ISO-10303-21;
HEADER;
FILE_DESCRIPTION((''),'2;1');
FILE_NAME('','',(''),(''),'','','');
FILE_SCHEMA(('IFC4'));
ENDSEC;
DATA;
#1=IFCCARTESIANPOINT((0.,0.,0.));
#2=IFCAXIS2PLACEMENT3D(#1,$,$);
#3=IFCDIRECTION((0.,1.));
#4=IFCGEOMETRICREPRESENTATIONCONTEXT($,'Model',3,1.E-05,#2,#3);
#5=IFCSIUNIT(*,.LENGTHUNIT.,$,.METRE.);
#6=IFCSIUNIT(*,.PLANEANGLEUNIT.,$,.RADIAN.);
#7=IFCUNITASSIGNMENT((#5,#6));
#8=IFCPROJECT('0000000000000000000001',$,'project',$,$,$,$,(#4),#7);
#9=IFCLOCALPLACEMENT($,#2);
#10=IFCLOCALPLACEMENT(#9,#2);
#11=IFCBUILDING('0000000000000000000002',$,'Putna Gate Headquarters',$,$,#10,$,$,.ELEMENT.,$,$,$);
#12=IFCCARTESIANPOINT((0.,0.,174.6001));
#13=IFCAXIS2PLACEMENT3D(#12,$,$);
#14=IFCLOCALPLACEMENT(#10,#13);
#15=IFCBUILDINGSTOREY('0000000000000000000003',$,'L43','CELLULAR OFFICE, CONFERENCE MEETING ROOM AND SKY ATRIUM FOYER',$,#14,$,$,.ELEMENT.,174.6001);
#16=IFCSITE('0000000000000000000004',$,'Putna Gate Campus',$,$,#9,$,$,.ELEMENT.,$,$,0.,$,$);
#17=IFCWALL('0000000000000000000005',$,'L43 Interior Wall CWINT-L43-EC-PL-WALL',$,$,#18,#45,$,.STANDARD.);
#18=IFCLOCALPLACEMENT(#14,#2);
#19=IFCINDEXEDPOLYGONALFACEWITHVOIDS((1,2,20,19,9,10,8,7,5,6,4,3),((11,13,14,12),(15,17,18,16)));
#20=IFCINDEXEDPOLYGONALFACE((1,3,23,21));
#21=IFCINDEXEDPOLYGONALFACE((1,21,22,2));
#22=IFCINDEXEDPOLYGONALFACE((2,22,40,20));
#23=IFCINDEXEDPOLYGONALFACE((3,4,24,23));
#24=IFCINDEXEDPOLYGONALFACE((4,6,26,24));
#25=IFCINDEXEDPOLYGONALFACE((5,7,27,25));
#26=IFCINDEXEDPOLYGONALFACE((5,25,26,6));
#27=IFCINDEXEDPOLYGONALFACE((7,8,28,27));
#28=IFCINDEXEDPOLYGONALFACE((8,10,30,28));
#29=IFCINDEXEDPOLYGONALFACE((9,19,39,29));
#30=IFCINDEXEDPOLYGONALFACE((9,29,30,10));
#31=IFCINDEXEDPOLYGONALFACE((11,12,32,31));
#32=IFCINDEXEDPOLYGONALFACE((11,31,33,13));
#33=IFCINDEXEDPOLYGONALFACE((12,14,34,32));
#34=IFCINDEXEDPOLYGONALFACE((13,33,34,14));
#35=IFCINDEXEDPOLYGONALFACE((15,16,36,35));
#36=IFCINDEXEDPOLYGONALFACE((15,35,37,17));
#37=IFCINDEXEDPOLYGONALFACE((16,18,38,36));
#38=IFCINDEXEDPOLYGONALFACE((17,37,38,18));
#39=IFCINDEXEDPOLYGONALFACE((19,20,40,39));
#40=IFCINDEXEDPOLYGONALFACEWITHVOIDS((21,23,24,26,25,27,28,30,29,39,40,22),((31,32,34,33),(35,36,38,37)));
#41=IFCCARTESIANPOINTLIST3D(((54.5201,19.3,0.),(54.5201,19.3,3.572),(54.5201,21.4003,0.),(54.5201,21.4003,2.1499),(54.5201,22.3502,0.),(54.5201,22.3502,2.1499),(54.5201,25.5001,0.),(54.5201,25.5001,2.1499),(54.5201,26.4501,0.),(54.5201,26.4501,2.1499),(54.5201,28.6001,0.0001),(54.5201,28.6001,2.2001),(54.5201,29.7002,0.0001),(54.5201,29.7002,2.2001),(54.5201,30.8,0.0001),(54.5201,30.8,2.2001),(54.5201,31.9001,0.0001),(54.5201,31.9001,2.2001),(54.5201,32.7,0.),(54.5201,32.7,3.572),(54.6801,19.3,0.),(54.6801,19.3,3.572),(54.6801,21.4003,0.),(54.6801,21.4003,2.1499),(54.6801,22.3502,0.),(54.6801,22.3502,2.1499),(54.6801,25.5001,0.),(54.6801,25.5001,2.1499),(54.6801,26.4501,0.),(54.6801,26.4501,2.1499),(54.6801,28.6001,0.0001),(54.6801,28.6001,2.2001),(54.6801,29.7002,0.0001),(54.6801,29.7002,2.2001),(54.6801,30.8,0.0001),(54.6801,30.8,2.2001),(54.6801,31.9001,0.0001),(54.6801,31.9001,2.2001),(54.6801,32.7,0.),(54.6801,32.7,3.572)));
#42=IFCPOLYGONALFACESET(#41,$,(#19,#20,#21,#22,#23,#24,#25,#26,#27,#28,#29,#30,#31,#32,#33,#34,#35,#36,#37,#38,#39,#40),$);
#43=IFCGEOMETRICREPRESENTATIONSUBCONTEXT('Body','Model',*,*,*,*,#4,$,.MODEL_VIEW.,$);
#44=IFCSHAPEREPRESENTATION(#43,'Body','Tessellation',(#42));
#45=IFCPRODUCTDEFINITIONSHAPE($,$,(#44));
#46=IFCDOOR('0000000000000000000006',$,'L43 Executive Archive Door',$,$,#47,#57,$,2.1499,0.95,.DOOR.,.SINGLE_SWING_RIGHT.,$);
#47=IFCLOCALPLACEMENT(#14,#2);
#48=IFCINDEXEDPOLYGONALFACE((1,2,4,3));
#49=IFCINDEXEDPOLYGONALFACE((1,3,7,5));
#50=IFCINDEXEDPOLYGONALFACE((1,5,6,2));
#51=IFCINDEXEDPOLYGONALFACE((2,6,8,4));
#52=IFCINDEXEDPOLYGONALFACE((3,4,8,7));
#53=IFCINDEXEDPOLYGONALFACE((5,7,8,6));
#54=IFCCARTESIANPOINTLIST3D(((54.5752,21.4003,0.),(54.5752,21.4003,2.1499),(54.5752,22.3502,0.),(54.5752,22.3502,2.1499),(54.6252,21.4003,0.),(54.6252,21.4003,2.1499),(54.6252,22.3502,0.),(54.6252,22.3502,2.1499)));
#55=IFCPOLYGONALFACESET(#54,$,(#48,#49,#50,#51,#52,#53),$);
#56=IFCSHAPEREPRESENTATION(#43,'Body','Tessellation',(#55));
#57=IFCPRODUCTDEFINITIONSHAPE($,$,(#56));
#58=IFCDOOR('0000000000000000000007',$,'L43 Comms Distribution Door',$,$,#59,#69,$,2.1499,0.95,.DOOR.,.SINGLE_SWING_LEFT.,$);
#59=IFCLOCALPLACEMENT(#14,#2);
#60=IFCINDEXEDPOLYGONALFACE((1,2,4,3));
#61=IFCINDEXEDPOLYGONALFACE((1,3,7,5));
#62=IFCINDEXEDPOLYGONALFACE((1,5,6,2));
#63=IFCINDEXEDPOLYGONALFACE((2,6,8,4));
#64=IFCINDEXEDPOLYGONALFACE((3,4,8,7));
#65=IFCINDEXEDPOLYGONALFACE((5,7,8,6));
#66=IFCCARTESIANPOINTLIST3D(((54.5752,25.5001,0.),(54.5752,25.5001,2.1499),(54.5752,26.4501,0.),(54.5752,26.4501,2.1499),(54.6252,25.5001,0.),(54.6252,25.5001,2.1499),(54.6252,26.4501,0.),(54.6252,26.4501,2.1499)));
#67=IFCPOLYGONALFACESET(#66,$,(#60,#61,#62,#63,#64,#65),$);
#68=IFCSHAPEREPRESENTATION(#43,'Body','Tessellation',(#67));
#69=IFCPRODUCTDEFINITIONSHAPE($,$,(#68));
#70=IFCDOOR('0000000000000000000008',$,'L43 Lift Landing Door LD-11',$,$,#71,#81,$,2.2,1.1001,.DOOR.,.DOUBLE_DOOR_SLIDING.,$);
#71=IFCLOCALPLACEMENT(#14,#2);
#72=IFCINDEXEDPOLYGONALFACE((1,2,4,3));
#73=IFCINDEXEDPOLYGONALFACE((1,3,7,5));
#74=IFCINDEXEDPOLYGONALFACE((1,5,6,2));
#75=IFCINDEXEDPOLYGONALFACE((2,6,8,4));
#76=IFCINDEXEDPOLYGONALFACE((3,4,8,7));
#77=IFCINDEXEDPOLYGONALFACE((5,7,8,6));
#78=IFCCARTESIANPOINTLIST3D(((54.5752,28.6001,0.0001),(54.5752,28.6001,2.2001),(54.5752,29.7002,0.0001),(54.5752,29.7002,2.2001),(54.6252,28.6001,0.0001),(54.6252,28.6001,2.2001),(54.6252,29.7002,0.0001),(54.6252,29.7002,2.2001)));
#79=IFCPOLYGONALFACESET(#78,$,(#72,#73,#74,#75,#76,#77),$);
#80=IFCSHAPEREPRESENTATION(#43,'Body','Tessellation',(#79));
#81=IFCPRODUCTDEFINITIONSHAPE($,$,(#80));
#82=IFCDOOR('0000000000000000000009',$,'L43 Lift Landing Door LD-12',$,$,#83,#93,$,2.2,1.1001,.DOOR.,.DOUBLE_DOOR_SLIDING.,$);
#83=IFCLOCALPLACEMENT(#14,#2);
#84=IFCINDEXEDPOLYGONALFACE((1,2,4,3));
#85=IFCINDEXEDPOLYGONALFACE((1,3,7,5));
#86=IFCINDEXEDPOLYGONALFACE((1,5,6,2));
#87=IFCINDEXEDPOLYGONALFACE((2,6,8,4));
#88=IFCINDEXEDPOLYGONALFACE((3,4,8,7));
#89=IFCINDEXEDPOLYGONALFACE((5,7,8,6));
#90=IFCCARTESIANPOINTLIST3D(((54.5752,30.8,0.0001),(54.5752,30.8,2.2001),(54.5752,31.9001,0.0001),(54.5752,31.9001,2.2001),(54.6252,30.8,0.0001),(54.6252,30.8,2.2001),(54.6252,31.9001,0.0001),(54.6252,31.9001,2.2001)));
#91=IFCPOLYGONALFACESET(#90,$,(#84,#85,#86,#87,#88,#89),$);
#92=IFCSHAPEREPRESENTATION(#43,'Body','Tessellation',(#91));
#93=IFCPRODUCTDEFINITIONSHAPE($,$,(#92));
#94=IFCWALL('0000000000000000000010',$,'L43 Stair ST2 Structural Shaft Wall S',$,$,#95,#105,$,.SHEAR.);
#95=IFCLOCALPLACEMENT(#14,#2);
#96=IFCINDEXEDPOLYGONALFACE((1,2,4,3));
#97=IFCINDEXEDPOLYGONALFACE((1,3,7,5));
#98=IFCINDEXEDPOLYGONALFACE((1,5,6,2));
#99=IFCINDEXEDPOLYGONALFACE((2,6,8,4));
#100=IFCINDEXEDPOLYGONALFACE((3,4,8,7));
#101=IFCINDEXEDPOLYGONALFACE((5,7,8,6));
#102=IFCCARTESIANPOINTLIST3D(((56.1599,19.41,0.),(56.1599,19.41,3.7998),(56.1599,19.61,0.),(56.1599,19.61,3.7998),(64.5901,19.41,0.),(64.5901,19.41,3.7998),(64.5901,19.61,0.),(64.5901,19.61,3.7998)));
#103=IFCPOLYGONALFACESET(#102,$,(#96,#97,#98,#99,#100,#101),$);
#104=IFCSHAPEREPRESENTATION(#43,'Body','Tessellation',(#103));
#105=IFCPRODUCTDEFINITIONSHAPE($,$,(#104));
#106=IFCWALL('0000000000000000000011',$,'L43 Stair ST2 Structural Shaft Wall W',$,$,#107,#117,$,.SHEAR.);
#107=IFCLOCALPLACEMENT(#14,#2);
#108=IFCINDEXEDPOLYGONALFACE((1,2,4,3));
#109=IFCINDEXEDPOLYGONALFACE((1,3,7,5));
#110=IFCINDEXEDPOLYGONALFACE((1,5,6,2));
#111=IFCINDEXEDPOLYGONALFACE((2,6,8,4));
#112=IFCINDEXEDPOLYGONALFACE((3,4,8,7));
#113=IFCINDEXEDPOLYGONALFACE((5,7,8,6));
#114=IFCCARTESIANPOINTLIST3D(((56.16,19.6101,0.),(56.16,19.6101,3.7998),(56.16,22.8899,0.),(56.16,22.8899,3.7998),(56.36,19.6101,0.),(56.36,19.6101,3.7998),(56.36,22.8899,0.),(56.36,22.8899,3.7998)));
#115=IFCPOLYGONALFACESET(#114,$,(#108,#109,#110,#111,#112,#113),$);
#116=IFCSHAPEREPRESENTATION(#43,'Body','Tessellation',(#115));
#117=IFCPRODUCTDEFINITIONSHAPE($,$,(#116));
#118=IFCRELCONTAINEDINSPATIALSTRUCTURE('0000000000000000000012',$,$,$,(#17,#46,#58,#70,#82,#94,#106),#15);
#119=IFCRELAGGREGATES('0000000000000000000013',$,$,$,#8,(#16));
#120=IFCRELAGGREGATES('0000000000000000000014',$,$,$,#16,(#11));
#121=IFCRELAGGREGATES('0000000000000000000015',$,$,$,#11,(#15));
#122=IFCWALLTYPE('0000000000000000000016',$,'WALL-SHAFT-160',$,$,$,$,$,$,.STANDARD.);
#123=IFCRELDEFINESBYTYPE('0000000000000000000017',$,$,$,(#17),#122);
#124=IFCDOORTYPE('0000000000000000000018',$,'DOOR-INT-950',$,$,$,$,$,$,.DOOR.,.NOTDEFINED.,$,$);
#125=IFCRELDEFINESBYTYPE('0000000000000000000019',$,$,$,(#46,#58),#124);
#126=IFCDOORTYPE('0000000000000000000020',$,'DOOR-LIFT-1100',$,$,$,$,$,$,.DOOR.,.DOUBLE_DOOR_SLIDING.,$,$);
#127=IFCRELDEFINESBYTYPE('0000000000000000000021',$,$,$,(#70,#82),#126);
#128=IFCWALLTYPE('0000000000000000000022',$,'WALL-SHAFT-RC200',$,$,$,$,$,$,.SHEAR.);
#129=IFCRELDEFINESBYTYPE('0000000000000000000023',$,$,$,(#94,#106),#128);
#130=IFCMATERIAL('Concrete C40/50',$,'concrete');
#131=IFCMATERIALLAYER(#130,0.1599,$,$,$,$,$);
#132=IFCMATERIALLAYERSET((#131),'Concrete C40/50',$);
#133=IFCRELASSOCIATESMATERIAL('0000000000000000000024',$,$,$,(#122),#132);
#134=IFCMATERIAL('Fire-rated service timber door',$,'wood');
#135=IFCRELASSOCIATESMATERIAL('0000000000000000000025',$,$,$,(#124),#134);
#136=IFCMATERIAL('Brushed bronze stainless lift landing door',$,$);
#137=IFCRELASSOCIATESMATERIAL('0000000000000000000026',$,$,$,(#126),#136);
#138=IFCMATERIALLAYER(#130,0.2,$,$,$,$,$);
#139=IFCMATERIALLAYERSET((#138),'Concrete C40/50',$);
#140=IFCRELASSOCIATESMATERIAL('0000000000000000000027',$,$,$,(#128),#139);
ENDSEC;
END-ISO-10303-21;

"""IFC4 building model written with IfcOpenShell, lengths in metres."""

from ifc_helpers import new_model, si_unit, direction, frame, frame_2d, origin, place, context, subcontext, project, spatial, rectangle, extrude, material, layer, layer_set, type_object, element, fill, save


model = new_model("IFC4")

# Units and contexts
model_context = context("Model", 3, precision=1e-05, world=origin(), true_north=direction((0.0, 1.0)))
body_context = subcontext(model_context, "Body", "Model", "MODEL_VIEW")
ifc_project = project(units=[si_unit("LENGTHUNIT", "METRE"), si_unit("PLANEANGLEUNIT", "RADIAN")], contexts=[model_context])

# Site, building, storey
site_placement = place(None, origin())
site = spatial("IfcSite", under=ifc_project, at=site_placement, Name="Putna Gate Campus", CompositionType="ELEMENT", RefElevation=0.0)
building_placement = place(site_placement, origin())
building = spatial("IfcBuilding", under=site, at=building_placement, Name="Putna Gate Headquarters", CompositionType="ELEMENT")
storey_placement = place(building_placement, frame((0.0, 0.0, 174.6001)))
storey = spatial("IfcBuildingStorey", under=building, at=storey_placement, Name="L43", Description="CELLULAR OFFICE, CONFERENCE MEETING ROOM AND SKY ATRIUM FOYER", CompositionType="ELEMENT", Elevation=174.6001)

# Wall, openings, doors
ifc_material_1 = material(Name="Concrete C40/50", Category="concrete")
ifc_layer_1 = layer(ifc_material_1, 0.1599)
ifc_layer_set_1 = layer_set([ifc_layer_1], Name="Concrete C40/50")
wall_type_1 = type_object("IfcWallType", Name="WALL-SHAFT-160", PredefinedType="STANDARD", material=ifc_layer_set_1)
wall_1_placement = place(storey_placement, frame((54.6001, 19.3, 0.0), z_axis=(0.0, 0.0, 1.0), x_axis=(0.0, 1.0, 0.0)))
wall_1 = element("IfcWall", 1, at=wall_1_placement, inside=storey, type_object=wall_type_1, Name="L43 Interior Wall CWINT-L43-EC-PL-WALL", PredefinedType="STANDARD", context=body_context, shape_type="SweptSolid", body=[
    extrude(rectangle(XDim=13.3999, YDim=0.1599, at=frame_2d((6.7, 0.0))), origin(), (0.0, 0.0, 1.0), 3.572),
])
opening_1_placement = place(wall_1_placement, frame((2.1001, 0.0, 0.0)))
opening_1 = element("IfcOpeningElement", 2, at=opening_1_placement, cuts=wall_1, PredefinedType="OPENING", context=body_context, shape_type="SweptSolid", body=[
    extrude(rectangle(XDim=0.95, YDim=2.1499, at=frame_2d((0.4751, 1.075))), frame((0.0, 0.0898, 0.0), z_axis=(0.0, -1.0, 0.0), x_axis=(1.0, 0.0, 0.0)), (0.0, 0.0, 1.0), 0.1799),
])
opening_2_placement = place(wall_1_placement, frame((6.2, 0.0, 0.0)))
opening_2 = element("IfcOpeningElement", 3, at=opening_2_placement, cuts=wall_1, PredefinedType="OPENING", context=body_context, shape_type="SweptSolid", body=[
    extrude(rectangle(XDim=0.95, YDim=2.1499, at=frame_2d((0.4751, 1.075))), frame((0.0, 0.0898, 0.0), z_axis=(0.0, -1.0, 0.0), x_axis=(1.0, 0.0, 0.0)), (0.0, 0.0, 1.0), 0.1799),
])
opening_3_placement = place(wall_1_placement, frame((9.3, 0.0, 0.0)))
opening_3 = element("IfcOpeningElement", 4, at=opening_3_placement, cuts=wall_1, PredefinedType="OPENING", context=body_context, shape_type="SweptSolid", body=[
    extrude(rectangle(XDim=1.1001, YDim=2.2, at=frame_2d((0.55, 1.1001))), frame((0.0, 0.0898, 0.0), z_axis=(0.0, -1.0, 0.0), x_axis=(1.0, 0.0, 0.0)), (0.0, 0.0, 1.0), 0.1799),
])
opening_4_placement = place(wall_1_placement, frame((11.5, 0.0, 0.0)))
opening_4 = element("IfcOpeningElement", 5, at=opening_4_placement, cuts=wall_1, PredefinedType="OPENING", context=body_context, shape_type="SweptSolid", body=[
    extrude(rectangle(XDim=1.1001, YDim=2.2, at=frame_2d((0.55, 1.1001))), frame((0.0, 0.0898, 0.0), z_axis=(0.0, -1.0, 0.0), x_axis=(1.0, 0.0, 0.0)), (0.0, 0.0, 1.0), 0.1799),
])
ifc_material_2 = material(Name="Fire-rated service timber door", Category="wood")
door_type_1 = type_object("IfcDoorType", Name="DOOR-INT-950", OperationType="NOTDEFINED", PredefinedType="DOOR", material=ifc_material_2)
door_1_placement = place(opening_1_placement, origin())
door_1 = element("IfcDoor", 6, at=door_1_placement, inside=storey, type_object=door_type_1, Name="L43 Executive Archive Door", OperationType="SINGLE_SWING_RIGHT", OverallHeight=2.1499, OverallWidth=0.95, PredefinedType="DOOR", context=body_context, shape_type="SweptSolid", body=[
    extrude(rectangle(XDim=0.95, YDim=2.1499, at=frame_2d((0.4751, 1.075))), frame((0.0, 0.0249, 0.0), z_axis=(0.0, -1.0, 0.0), x_axis=(1.0, 0.0, 0.0)), (0.0, 0.0, 1.0), 0.05),
])
fill(opening_1, door_1)
door_2_placement = place(opening_2_placement, origin())
door_2 = element("IfcDoor", 7, at=door_2_placement, inside=storey, type_object=door_type_1, Name="L43 Comms Distribution Door", OperationType="SINGLE_SWING_LEFT", OverallHeight=2.1499, OverallWidth=0.95, PredefinedType="DOOR", context=body_context, shape_type="SweptSolid", body=[
    extrude(rectangle(XDim=0.95, YDim=2.1499, at=frame_2d((0.4751, 1.075))), frame((0.0, 0.0249, 0.0), z_axis=(0.0, -1.0, 0.0), x_axis=(1.0, 0.0, 0.0)), (0.0, 0.0, 1.0), 0.05),
])
fill(opening_2, door_2)
ifc_material_3 = material(Name="Brushed bronze stainless lift landing door")
door_type_2 = type_object("IfcDoorType", Name="DOOR-LIFT-1100", OperationType="DOUBLE_DOOR_SLIDING", PredefinedType="DOOR", material=ifc_material_3)
door_3_placement = place(opening_3_placement, origin())
door_3 = element("IfcDoor", 8, at=door_3_placement, inside=storey, type_object=door_type_2, Name="L43 Lift Landing Door LD-11", OperationType="DOUBLE_DOOR_SLIDING", OverallHeight=2.2, OverallWidth=1.1001, PredefinedType="DOOR", context=body_context, shape_type="SweptSolid", body=[
    extrude(rectangle(XDim=1.1001, YDim=2.2, at=frame_2d((0.55, 1.1001))), frame((0.0, 0.0249, 0.0), z_axis=(0.0, -1.0, 0.0), x_axis=(1.0, 0.0, 0.0)), (0.0, 0.0, 1.0), 0.05),
])
fill(opening_3, door_3)
door_4_placement = place(opening_4_placement, origin())
door_4 = element("IfcDoor", 9, at=door_4_placement, inside=storey, type_object=door_type_2, Name="L43 Lift Landing Door LD-12", OperationType="DOUBLE_DOOR_SLIDING", OverallHeight=2.2, OverallWidth=1.1001, PredefinedType="DOOR", context=body_context, shape_type="SweptSolid", body=[
    extrude(rectangle(XDim=1.1001, YDim=2.2, at=frame_2d((0.55, 1.1001))), frame((0.0, 0.0249, 0.0), z_axis=(0.0, -1.0, 0.0), x_axis=(1.0, 0.0, 0.0)), (0.0, 0.0, 1.0), 0.05),
])
fill(opening_4, door_4)

# Walls
ifc_layer_2 = layer(ifc_material_1, 0.2)
ifc_layer_set_2 = layer_set([ifc_layer_2], Name="Concrete C40/50")
wall_type_2 = type_object("IfcWallType", Name="WALL-SHAFT-RC200", PredefinedType="SHEAR", material=ifc_layer_set_2)
wall_2_placement = place(storey_placement, frame((56.1599, 19.51, 0.0), z_axis=(0.0, 0.0, 1.0), x_axis=(1.0, 0.0, 0.0)))
element("IfcWall", 10, at=wall_2_placement, inside=storey, type_object=wall_type_2, Name="L43 Stair ST2 Structural Shaft Wall S", PredefinedType="SHEAR", context=body_context, shape_type="SweptSolid", body=[
    extrude(rectangle(XDim=8.4302, YDim=0.2, at=frame_2d((4.2151, 0.0))), origin(), (0.0, 0.0, 1.0), 3.7998),
])
wall_3_placement = place(storey_placement, frame((56.26, 19.6101, 0.0), z_axis=(0.0, 0.0, 1.0), x_axis=(0.0, 1.0, 0.0)))
element("IfcWall", 11, at=wall_3_placement, inside=storey, type_object=wall_type_2, Name="L43 Stair ST2 Structural Shaft Wall W", PredefinedType="SHEAR", context=body_context, shape_type="SweptSolid", body=[
    extrude(rectangle(XDim=3.2798, YDim=0.2, at=frame_2d((1.6399, 0.0))), origin(), (0.0, 0.0, 1.0), 3.7998),
])

save(model, "model.ifc")
